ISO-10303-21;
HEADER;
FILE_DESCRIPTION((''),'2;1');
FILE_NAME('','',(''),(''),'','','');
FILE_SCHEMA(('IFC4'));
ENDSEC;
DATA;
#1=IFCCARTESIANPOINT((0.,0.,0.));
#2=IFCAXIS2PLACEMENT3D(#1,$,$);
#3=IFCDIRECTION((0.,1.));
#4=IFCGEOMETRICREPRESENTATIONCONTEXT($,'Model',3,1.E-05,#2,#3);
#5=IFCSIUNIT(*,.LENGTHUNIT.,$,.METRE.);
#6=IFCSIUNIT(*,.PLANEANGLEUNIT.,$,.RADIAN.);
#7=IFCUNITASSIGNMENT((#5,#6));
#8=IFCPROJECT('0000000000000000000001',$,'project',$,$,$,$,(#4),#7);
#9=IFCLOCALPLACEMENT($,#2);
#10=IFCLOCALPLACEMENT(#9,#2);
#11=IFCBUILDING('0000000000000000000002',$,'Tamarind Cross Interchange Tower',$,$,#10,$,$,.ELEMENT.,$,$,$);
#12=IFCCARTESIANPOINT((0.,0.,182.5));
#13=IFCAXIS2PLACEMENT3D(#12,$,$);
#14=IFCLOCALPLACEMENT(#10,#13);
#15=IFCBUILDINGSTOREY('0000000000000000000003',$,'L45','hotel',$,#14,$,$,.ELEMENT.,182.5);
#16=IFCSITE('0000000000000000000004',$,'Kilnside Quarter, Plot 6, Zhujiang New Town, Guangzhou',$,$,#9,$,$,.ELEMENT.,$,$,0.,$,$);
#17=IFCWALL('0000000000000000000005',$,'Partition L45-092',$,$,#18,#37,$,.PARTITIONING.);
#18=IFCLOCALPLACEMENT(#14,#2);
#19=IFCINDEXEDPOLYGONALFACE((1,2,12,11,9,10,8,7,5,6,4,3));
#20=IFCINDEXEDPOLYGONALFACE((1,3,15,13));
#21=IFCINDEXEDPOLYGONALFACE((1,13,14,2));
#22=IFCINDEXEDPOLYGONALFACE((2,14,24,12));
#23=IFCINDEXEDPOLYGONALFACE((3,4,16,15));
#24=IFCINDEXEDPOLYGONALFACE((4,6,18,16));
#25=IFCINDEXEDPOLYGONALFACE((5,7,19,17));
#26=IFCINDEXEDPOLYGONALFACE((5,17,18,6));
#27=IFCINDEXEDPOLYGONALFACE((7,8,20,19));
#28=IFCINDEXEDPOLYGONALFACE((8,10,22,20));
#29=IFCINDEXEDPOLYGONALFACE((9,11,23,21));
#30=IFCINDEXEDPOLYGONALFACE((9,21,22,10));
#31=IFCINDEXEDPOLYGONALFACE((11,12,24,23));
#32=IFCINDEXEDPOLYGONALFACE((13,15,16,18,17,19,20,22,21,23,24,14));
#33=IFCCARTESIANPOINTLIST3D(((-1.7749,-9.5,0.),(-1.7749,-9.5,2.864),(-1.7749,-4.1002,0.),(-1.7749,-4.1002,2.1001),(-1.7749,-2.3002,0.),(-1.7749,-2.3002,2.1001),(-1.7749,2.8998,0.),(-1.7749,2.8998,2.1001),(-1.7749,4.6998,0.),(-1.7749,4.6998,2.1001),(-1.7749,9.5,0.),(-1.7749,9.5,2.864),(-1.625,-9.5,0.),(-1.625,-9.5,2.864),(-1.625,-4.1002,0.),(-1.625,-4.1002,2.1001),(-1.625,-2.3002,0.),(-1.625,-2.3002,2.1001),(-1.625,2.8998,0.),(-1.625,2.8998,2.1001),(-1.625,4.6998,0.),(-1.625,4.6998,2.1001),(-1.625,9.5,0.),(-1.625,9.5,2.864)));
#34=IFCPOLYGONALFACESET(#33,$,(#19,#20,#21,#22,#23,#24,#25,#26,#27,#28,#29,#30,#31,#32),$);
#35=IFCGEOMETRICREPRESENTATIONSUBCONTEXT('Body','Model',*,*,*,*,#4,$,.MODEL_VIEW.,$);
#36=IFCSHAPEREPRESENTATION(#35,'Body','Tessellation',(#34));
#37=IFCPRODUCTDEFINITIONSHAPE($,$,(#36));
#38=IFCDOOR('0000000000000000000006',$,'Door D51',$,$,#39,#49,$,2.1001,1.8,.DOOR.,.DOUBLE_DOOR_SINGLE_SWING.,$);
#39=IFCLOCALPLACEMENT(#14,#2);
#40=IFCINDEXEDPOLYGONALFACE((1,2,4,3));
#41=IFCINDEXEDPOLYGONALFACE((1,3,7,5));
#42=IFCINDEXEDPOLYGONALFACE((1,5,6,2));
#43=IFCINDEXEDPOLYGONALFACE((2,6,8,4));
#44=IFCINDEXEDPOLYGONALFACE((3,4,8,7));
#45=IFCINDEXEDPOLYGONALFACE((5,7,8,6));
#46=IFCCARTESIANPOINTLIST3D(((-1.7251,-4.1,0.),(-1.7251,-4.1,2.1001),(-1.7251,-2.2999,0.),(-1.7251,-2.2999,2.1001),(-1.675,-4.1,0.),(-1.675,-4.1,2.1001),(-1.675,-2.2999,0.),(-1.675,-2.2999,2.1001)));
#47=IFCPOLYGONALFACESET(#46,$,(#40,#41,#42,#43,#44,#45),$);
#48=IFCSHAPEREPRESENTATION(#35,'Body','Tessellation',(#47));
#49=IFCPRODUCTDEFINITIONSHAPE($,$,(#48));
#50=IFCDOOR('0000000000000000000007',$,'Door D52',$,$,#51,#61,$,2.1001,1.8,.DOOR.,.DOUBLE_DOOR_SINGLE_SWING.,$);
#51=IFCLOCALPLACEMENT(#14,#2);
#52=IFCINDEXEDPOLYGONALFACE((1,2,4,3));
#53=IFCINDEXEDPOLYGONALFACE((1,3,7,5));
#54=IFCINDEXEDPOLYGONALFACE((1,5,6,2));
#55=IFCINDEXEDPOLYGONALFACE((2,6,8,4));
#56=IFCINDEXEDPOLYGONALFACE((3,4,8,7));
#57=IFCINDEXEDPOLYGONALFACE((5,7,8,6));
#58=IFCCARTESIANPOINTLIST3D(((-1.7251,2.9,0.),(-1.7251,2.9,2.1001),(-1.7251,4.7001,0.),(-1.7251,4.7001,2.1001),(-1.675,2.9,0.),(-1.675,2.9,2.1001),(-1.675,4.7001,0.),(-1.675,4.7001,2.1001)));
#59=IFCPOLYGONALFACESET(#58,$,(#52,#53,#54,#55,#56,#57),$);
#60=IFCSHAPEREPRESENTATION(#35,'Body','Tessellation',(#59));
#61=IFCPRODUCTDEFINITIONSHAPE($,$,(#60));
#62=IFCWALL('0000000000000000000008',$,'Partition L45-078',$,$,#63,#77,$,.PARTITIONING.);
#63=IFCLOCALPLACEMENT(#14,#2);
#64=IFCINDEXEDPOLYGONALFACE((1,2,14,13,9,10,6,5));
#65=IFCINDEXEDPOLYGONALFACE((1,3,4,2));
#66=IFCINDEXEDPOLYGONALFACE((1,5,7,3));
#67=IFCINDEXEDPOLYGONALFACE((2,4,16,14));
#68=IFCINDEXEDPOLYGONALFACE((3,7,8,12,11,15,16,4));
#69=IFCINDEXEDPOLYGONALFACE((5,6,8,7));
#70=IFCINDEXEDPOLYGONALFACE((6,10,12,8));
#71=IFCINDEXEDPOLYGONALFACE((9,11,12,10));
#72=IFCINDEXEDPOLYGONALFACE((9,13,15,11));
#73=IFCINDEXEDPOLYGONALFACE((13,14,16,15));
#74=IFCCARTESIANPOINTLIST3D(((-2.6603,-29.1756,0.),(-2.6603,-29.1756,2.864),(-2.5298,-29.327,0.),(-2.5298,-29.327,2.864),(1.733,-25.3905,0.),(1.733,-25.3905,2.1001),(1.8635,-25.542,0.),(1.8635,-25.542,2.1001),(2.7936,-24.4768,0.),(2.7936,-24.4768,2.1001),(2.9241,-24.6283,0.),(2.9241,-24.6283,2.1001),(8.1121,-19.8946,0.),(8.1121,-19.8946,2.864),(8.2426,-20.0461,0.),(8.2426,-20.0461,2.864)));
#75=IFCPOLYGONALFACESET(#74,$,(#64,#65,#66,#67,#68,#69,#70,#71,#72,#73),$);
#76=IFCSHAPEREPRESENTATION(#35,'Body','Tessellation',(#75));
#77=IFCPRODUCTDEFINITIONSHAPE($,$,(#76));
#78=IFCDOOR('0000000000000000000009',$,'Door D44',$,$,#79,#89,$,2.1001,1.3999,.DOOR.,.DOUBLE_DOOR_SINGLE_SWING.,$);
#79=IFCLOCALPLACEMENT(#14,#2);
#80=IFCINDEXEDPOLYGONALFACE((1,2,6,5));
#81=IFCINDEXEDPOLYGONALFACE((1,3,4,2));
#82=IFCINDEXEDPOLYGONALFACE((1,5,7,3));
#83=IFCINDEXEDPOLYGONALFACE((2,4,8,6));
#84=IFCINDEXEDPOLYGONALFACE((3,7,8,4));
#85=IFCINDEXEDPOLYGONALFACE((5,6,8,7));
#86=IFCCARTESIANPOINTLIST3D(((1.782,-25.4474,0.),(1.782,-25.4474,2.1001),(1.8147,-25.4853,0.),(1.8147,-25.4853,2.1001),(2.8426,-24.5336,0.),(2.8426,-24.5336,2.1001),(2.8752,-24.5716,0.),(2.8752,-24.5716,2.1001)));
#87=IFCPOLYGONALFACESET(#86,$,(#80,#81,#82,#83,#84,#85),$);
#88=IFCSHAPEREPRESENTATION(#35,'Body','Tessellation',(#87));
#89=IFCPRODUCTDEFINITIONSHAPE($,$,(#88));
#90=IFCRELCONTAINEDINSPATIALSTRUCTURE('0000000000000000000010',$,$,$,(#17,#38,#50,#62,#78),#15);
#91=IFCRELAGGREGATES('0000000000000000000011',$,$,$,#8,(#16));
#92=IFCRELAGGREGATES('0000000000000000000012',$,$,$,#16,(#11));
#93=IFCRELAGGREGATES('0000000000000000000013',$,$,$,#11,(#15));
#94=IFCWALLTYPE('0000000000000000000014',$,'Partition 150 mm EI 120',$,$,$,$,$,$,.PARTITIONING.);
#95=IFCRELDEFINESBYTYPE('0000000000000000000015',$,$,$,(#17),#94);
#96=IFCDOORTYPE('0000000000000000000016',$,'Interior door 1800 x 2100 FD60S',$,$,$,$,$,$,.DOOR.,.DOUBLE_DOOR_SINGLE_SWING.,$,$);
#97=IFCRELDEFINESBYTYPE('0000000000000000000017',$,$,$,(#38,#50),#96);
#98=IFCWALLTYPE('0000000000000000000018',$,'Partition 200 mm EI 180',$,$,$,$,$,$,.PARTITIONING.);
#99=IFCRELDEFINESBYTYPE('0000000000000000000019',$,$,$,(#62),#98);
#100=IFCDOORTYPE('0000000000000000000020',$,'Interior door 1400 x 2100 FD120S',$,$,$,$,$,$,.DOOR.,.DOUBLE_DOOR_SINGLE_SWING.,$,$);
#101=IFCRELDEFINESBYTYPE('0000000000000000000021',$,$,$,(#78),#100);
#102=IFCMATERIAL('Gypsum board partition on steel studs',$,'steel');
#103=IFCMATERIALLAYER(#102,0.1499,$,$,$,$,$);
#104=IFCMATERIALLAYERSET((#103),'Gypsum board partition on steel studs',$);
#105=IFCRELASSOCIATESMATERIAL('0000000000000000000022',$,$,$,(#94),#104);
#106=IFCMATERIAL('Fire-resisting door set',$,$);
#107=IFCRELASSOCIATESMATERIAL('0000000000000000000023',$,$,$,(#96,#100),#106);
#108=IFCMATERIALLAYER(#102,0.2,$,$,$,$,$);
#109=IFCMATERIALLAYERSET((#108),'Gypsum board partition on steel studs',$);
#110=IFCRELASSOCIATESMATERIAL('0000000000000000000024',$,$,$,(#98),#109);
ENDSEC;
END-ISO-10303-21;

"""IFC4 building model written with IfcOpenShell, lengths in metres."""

from ifc_helpers import new_model, si_unit, direction, frame, frame_2d, origin, place, context, subcontext, project, spatial, rectangle, extrude, material, layer, layer_set, type_object, element, fill, save


model = new_model("IFC4")

# Units and contexts
model_context = context("Model", 3, precision=1e-05, world=origin(), true_north=direction((0.0, 1.0)))
body_context = subcontext(model_context, "Body", "Model", "MODEL_VIEW")
ifc_project = project(units=[si_unit("LENGTHUNIT", "METRE"), si_unit("PLANEANGLEUNIT", "RADIAN")], contexts=[model_context])

# Site, building, storey
site_placement = place(None, origin())
site = spatial("IfcSite", under=ifc_project, at=site_placement, Name="Kilnside Quarter, Plot 6, Zhujiang New Town, Guangzhou", CompositionType="ELEMENT", RefElevation=0.0)
building_placement = place(site_placement, origin())
building = spatial("IfcBuilding", under=site, at=building_placement, Name="Tamarind Cross Interchange Tower", CompositionType="ELEMENT")
storey_placement = place(building_placement, frame((0.0, 0.0, 182.5)))
storey = spatial("IfcBuildingStorey", under=building, at=storey_placement, Name="L45", Description="hotel", CompositionType="ELEMENT", Elevation=182.5)

# Shared definitions
ifc_material_1 = material(Name="Gypsum board partition on steel studs", Category="steel")
ifc_layer_1 = layer(ifc_material_1, 0.1499)
ifc_layer_set_1 = layer_set([ifc_layer_1], Name="Gypsum board partition on steel studs")
wall_type_1 = type_object("IfcWallType", Name="Partition 150 mm EI 120", PredefinedType="PARTITIONING", material=ifc_layer_set_1)
ifc_material_2 = material(Name="Fire-resisting door set")
door_type_1 = type_object("IfcDoorType", Name="Interior door 1800 x 2100 FD60S", OperationType="DOUBLE_DOOR_SINGLE_SWING", PredefinedType="DOOR", material=ifc_material_2)

# Wall, openings, doors
wall_1_placement = place(storey_placement, frame((-1.7, -9.5, 0.0), z_axis=(0.0, 0.0, 1.0), x_axis=(0.0, 1.0, 0.0)))
wall_1 = element("IfcWall", 1, at=wall_1_placement, inside=storey, type_object=wall_type_1, Name="Partition L45-092", PredefinedType="PARTITIONING", context=body_context, shape_type="SweptSolid", body=[
    extrude(rectangle(XDim=19.0, YDim=0.1499, at=frame_2d((9.5, 0.0))), origin(), (0.0, 0.0, 1.0), 2.864),
])
opening_1_placement = place(wall_1_placement, frame((5.3999, 0.0, 0.0)))
opening_1 = element("IfcOpeningElement", 2, at=opening_1_placement, cuts=wall_1, PredefinedType="OPENING", context=body_context, shape_type="SweptSolid", body=[
    extrude(rectangle(XDim=1.8, YDim=2.1001, at=frame_2d((0.8999, 1.05))), frame((0.0, 0.085, 0.0), z_axis=(0.0, -1.0, 0.0), x_axis=(1.0, 0.0, 0.0)), (0.0, 0.0, 1.0), 0.1699),
])
opening_2_placement = place(wall_1_placement, frame((12.3999, 0.0, 0.0)))
opening_2 = element("IfcOpeningElement", 3, at=opening_2_placement, cuts=wall_1, PredefinedType="OPENING", context=body_context, shape_type="SweptSolid", body=[
    extrude(rectangle(XDim=1.8, YDim=2.1001, at=frame_2d((0.8999, 1.05))), frame((0.0, 0.085, 0.0), z_axis=(0.0, -1.0, 0.0), x_axis=(1.0, 0.0, 0.0)), (0.0, 0.0, 1.0), 0.1699),
])
door_1_placement = place(opening_1_placement, frame((1.8, 0.0, 0.0), z_axis=(0.0, 0.0, 1.0), x_axis=(-1.0, 0.0, 0.0)))
door_1 = element("IfcDoor", 4, at=door_1_placement, inside=storey, type_object=door_type_1, Name="Door D51", OperationType="DOUBLE_DOOR_SINGLE_SWING", OverallHeight=2.1001, OverallWidth=1.8, PredefinedType="DOOR", context=body_context, shape_type="SweptSolid", body=[
    extrude(rectangle(XDim=1.8, YDim=2.1001, at=frame_2d((0.8999, 1.05))), frame((0.0, 0.0249, 0.0), z_axis=(0.0, -1.0, 0.0), x_axis=(1.0, 0.0, 0.0)), (0.0, 0.0, 1.0), 0.05),
])
fill(opening_1, door_1)
door_2_placement = place(opening_2_placement, frame((1.8, 0.0, 0.0), z_axis=(0.0, 0.0, 1.0), x_axis=(-1.0, 0.0, 0.0)))
door_2 = element("IfcDoor", 5, at=door_2_placement, inside=storey, type_object=door_type_1, Name="Door D52", OperationType="DOUBLE_DOOR_SINGLE_SWING", OverallHeight=2.1001, OverallWidth=1.8, PredefinedType="DOOR", context=body_context, shape_type="SweptSolid", body=[
    extrude(rectangle(XDim=1.8, YDim=2.1001, at=frame_2d((0.8999, 1.05))), frame((0.0, 0.0249, 0.0), z_axis=(0.0, -1.0, 0.0), x_axis=(1.0, 0.0, 0.0)), (0.0, 0.0, 1.0), 0.05),
])
fill(opening_2, door_2)

# Wall, opening, door
ifc_layer_2 = layer(ifc_material_1, 0.2)
ifc_layer_set_2 = layer_set([ifc_layer_2], Name="Gypsum board partition on steel studs")
wall_type_2 = type_object("IfcWallType", Name="Partition 200 mm EI 180", PredefinedType="PARTITIONING", material=ifc_layer_set_2)
wall_2_placement = place(storey_placement, frame((-2.595, -29.2512, 0.0), z_axis=(0.0, 0.0, 1.0), x_axis=(0.757605, 0.652714, 0.0)))
wall_2 = element("IfcWall", 6, at=wall_2_placement, inside=storey, type_object=wall_type_2, Name="Partition L45-078", PredefinedType="PARTITIONING", context=body_context, shape_type="SweptSolid", body=[
    extrude(rectangle(XDim=14.219, YDim=0.2, at=frame_2d((7.1094, 0.0))), origin(), (0.0, 0.0, 1.0), 2.864),
])
opening_3_placement = place(wall_2_placement, frame((5.7988, 0.0, 0.0)))
opening_3 = element("IfcOpeningElement", 7, at=opening_3_placement, cuts=wall_2, PredefinedType="OPENING", context=body_context, shape_type="SweptSolid", body=[
    extrude(rectangle(XDim=1.3999, YDim=2.1001, at=frame_2d((0.7, 1.05))), frame((0.0, 0.1099, 0.0), z_axis=(0.0, -1.0, 0.0), x_axis=(1.0, 0.0, 0.0)), (0.0, 0.0, 1.0), 0.22),
])
door_type_2 = type_object("IfcDoorType", Name="Interior door 1400 x 2100 FD120S", OperationType="DOUBLE_DOOR_SINGLE_SWING", PredefinedType="DOOR", material=ifc_material_2)
door_3_placement = place(opening_3_placement, origin())
door_3 = element("IfcDoor", 8, at=door_3_placement, inside=storey, type_object=door_type_2, Name="Door D44", OperationType="DOUBLE_DOOR_SINGLE_SWING", OverallHeight=2.1001, OverallWidth=1.3999, PredefinedType="DOOR", context=body_context, shape_type="SweptSolid", body=[
    extrude(rectangle(XDim=1.3999, YDim=2.1001, at=frame_2d((0.7, 1.05))), frame((0.0, 0.0249, 0.0), z_axis=(0.0, -1.0, 0.0), x_axis=(1.0, 0.0, 0.0)), (0.0, 0.0, 1.0), 0.05),
])
fill(opening_3, door_3)

save(model, "model.ifc")
